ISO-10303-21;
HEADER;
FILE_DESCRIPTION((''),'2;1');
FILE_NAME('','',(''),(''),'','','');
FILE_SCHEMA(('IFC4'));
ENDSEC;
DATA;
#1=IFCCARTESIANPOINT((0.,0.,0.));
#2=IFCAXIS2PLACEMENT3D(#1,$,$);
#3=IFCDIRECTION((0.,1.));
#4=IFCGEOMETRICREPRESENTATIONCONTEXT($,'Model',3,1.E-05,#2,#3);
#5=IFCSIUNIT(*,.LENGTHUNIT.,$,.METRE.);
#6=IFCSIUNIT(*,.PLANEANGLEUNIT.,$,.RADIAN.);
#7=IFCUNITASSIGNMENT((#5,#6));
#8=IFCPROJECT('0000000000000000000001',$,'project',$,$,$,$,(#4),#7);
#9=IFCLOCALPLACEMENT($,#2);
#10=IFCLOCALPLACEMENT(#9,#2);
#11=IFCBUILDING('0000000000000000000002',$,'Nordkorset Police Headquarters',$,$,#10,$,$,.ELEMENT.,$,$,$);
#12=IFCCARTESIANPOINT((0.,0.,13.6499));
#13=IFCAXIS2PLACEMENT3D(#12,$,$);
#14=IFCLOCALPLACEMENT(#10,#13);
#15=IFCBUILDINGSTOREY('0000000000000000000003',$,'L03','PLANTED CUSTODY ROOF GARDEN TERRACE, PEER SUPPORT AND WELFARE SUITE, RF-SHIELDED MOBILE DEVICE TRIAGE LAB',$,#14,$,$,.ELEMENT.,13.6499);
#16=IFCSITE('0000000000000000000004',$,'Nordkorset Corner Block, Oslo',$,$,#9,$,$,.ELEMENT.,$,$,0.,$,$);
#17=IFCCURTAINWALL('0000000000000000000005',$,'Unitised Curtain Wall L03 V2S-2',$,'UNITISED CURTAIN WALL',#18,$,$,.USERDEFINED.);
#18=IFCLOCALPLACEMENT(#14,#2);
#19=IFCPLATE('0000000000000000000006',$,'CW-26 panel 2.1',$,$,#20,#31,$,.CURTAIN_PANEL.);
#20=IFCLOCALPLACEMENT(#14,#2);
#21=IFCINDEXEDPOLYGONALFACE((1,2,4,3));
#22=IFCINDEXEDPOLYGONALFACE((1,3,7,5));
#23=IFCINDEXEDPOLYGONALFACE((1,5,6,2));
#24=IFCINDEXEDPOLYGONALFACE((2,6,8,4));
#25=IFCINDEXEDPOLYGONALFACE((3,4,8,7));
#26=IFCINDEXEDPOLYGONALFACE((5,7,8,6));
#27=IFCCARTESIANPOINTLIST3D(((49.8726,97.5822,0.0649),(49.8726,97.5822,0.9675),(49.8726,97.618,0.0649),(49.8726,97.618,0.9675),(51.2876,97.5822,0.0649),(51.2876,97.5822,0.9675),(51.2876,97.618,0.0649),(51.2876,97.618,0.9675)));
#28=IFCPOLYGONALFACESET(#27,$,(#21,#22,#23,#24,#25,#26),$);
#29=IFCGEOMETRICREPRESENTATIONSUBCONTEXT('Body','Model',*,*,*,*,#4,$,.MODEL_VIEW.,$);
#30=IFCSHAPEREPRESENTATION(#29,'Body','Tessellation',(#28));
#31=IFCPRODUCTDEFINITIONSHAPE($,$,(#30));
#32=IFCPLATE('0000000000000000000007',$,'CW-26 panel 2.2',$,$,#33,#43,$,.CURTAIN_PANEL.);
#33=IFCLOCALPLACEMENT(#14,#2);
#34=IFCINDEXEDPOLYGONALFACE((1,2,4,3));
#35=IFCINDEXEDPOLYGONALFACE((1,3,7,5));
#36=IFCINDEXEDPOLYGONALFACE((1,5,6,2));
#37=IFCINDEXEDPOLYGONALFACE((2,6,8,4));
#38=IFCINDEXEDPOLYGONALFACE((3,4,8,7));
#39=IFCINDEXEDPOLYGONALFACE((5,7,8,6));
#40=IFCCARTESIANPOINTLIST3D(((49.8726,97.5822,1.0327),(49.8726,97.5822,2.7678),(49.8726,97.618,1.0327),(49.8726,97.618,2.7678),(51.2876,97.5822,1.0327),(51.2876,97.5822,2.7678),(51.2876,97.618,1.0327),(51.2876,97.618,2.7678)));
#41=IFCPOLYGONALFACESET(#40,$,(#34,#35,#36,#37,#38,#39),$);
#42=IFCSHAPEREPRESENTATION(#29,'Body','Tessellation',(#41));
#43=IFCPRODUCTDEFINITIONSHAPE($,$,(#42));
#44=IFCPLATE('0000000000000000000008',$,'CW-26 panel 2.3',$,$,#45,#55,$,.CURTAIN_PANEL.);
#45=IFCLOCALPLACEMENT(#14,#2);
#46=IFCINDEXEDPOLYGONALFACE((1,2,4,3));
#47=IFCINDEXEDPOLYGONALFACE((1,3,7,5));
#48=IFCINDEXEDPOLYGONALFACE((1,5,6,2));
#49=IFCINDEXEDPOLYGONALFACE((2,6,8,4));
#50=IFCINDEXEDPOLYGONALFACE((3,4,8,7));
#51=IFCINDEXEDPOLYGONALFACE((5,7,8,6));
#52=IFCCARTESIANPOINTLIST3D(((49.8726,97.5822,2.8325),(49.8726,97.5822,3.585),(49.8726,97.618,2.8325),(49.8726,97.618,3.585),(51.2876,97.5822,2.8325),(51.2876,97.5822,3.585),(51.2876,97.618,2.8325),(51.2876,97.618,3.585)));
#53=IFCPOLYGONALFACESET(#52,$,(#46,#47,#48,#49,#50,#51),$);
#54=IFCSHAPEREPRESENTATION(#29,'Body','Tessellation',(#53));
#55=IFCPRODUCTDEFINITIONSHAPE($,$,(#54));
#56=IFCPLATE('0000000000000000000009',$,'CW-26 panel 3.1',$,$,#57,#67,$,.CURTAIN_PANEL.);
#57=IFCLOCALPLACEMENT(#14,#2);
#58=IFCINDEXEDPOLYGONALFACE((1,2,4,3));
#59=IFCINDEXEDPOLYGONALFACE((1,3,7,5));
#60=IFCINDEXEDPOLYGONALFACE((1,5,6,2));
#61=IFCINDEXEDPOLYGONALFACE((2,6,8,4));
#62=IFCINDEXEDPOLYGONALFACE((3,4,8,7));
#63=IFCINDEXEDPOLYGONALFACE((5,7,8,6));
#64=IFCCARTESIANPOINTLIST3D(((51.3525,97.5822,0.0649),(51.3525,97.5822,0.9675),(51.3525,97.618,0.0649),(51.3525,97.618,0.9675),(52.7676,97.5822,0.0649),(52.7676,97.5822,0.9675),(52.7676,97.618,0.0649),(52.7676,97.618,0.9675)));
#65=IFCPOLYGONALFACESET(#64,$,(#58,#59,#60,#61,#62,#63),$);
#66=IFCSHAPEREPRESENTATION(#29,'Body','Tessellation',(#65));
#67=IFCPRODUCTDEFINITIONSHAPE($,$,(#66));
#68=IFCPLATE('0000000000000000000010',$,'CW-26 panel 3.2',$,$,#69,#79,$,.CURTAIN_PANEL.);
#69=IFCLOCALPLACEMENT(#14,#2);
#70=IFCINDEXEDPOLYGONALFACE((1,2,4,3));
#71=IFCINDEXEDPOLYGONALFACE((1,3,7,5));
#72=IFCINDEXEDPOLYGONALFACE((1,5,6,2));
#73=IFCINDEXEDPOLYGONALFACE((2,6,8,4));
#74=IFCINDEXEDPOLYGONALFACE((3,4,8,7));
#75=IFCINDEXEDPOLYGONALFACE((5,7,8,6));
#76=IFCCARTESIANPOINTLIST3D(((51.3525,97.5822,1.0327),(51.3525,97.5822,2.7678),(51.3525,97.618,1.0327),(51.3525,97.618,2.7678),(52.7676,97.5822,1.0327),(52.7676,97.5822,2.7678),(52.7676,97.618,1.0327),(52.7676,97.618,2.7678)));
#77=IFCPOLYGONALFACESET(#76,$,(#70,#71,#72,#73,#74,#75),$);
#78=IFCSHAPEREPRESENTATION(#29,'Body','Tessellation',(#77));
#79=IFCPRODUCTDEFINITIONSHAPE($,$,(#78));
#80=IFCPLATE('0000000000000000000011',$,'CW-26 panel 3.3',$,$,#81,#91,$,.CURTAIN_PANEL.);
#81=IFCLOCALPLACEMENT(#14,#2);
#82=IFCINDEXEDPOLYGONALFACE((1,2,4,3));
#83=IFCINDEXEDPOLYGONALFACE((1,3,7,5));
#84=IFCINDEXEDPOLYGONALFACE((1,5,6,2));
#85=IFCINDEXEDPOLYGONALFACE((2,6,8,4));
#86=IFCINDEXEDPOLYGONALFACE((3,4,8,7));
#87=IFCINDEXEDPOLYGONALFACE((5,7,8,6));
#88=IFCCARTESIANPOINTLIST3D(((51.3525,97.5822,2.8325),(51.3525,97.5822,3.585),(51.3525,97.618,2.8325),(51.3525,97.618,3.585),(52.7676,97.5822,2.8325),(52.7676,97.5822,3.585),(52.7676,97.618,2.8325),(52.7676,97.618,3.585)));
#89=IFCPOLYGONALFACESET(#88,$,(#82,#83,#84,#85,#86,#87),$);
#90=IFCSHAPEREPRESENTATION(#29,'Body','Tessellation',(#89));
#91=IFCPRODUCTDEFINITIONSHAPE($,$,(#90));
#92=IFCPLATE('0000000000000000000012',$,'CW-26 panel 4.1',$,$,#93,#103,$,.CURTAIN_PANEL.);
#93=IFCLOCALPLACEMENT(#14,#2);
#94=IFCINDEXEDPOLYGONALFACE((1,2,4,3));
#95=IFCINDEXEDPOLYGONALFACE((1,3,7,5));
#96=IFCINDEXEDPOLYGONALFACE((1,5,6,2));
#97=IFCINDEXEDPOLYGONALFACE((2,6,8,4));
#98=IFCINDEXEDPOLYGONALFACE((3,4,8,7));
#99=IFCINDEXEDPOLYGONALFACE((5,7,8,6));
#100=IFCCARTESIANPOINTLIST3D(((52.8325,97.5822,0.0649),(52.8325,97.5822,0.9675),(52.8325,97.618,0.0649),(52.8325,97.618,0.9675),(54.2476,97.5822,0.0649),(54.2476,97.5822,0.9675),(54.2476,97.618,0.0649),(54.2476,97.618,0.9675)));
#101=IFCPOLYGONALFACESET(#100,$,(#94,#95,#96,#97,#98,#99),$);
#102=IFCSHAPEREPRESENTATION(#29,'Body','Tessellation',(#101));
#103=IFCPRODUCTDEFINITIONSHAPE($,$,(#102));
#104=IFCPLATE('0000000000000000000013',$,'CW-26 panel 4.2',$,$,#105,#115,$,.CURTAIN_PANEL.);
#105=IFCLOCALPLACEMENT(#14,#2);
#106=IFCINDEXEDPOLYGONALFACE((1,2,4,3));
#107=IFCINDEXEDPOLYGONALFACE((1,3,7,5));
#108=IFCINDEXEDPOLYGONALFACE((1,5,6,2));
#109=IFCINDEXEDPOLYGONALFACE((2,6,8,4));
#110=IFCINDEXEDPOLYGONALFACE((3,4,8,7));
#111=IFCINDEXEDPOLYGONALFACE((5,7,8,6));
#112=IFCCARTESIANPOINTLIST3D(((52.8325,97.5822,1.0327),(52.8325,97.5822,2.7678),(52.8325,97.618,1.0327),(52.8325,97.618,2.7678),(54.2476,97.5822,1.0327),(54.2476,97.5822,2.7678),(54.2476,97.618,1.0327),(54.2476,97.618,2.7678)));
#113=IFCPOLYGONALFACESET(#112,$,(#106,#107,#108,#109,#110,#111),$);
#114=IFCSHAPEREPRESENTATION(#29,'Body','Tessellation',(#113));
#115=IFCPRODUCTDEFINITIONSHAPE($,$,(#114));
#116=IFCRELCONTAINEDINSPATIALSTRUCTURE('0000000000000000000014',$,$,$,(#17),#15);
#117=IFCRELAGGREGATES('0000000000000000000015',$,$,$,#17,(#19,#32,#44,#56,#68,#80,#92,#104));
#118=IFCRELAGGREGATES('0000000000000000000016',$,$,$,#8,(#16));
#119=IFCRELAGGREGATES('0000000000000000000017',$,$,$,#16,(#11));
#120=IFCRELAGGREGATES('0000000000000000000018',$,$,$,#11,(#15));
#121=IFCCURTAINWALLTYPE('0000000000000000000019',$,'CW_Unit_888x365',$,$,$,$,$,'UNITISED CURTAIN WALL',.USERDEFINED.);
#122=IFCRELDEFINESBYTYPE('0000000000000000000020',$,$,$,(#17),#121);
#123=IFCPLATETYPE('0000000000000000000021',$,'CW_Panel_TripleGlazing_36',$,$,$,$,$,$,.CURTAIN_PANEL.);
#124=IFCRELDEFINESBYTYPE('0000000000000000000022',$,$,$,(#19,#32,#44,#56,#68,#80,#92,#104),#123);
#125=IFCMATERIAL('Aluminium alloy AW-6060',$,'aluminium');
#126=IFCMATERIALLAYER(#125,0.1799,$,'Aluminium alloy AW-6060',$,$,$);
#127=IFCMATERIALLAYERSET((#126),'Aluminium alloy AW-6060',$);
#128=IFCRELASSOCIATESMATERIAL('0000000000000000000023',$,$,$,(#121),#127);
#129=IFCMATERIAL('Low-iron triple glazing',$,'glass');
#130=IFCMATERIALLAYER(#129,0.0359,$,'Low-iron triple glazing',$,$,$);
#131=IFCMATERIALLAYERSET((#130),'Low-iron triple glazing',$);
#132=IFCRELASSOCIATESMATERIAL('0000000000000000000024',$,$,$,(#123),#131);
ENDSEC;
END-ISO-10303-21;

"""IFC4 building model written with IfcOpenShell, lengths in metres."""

from ifc_helpers import new_model, si_unit, direction, frame, origin, origin_2d, place, context, subcontext, project, spatial, rectangle, extrude, material, layer, layer_set, type_object, element, aggregate, save


model = new_model("IFC4")

# Units and contexts
model_context = context("Model", 3, precision=1e-05, world=origin(), true_north=direction((0.0, 1.0)))
body_context = subcontext(model_context, "Body", "Model", "MODEL_VIEW")
ifc_project = project(units=[si_unit("LENGTHUNIT", "METRE"), si_unit("PLANEANGLEUNIT", "RADIAN")], contexts=[model_context])

# Site, building, storey
site_placement = place(None, origin())
site = spatial("IfcSite", under=ifc_project, at=site_placement, Name="Nordkorset Corner Block, Oslo", CompositionType="ELEMENT", RefElevation=0.0)
building_placement = place(site_placement, origin())
building = spatial("IfcBuilding", under=site, at=building_placement, Name="Nordkorset Police Headquarters", CompositionType="ELEMENT")
storey_placement = place(building_placement, frame((0.0, 0.0, 13.6499)))
storey = spatial("IfcBuildingStorey", under=building, at=storey_placement, Name="L03", Description="PLANTED CUSTODY ROOF GARDEN TERRACE, PEER SUPPORT AND WELFARE SUITE, RF-SHIELDED MOBILE DEVICE TRIAGE LAB", CompositionType="ELEMENT", Elevation=13.6499)

# Curtain wall, plates
ifc_material_1 = material(Name="Aluminium alloy AW-6060", Category="aluminium")
ifc_layer_1 = layer(ifc_material_1, 0.1799, Name="Aluminium alloy AW-6060")
ifc_layer_set_1 = layer_set([ifc_layer_1], Name="Aluminium alloy AW-6060")
curtain_wall_type = type_object("IfcCurtainWallType", Name="CW_Unit_888x365", ElementType="UNITISED CURTAIN WALL", PredefinedType="USERDEFINED", material=ifc_layer_set_1)
curtain_wall_placement = place(storey_placement, origin())
curtain_wall = element("IfcCurtainWall", 1, at=curtain_wall_placement, inside=storey, type_object=curtain_wall_type, Name="Unitised Curtain Wall L03 V2S-2", ObjectType="UNITISED CURTAIN WALL", PredefinedType="USERDEFINED")
ifc_material_2 = material(Name="Low-iron triple glazing", Category="glass")
ifc_layer_2 = layer(ifc_material_2, 0.0359, Name="Low-iron triple glazing")
ifc_layer_set_2 = layer_set([ifc_layer_2], Name="Low-iron triple glazing")
plate_type = type_object("IfcPlateType", Name="CW_Panel_TripleGlazing_36", PredefinedType="CURTAIN_PANEL", material=ifc_layer_set_2)
plate_1_placement = place(storey_placement, frame((50.5801, 97.6001, 0.0649), z_axis=(0.0, 0.0, 1.0), x_axis=(1.0, 0.0, 0.0)))
plate_1 = element("IfcPlate", 2, at=plate_1_placement, type_object=plate_type, Name="CW-26 panel 2.1", PredefinedType="CURTAIN_PANEL", context=body_context, shape_type="SweptSolid", body=[
    extrude(rectangle(XDim=1.415, YDim=0.0359, at=origin_2d()), origin(), (0.0, 0.0, 1.0), 0.9026),
])
plate_2_placement = place(storey_placement, frame((50.5801, 97.6001, 1.0327), z_axis=(0.0, 0.0, 1.0), x_axis=(1.0, 0.0, 0.0)))
plate_2 = element("IfcPlate", 3, at=plate_2_placement, type_object=plate_type, Name="CW-26 panel 2.2", PredefinedType="CURTAIN_PANEL", context=body_context, shape_type="SweptSolid", body=[
    extrude(rectangle(XDim=1.415, YDim=0.0359, at=origin_2d()), origin(), (0.0, 0.0, 1.0), 1.7351),
])
plate_3_placement = place(storey_placement, frame((50.5801, 97.6001, 2.8325), z_axis=(0.0, 0.0, 1.0), x_axis=(1.0, 0.0, 0.0)))
plate_3 = element("IfcPlate", 4, at=plate_3_placement, type_object=plate_type, Name="CW-26 panel 2.3", PredefinedType="CURTAIN_PANEL", context=body_context, shape_type="SweptSolid", body=[
    extrude(rectangle(XDim=1.415, YDim=0.0359, at=origin_2d()), origin(), (0.0, 0.0, 1.0), 0.7524),
])
plate_4_placement = place(storey_placement, frame((52.0601, 97.6001, 0.0649), z_axis=(0.0, 0.0, 1.0), x_axis=(1.0, 0.0, 0.0)))
plate_4 = element("IfcPlate", 5, at=plate_4_placement, type_object=plate_type, Name="CW-26 panel 3.1", PredefinedType="CURTAIN_PANEL", context=body_context, shape_type="SweptSolid", body=[
    extrude(rectangle(XDim=1.415, YDim=0.0359, at=origin_2d()), origin(), (0.0, 0.0, 1.0), 0.9026),
])
plate_5_placement = place(storey_placement, frame((52.0601, 97.6001, 1.0327), z_axis=(0.0, 0.0, 1.0), x_axis=(1.0, 0.0, 0.0)))
plate_5 = element("IfcPlate", 6, at=plate_5_placement, type_object=plate_type, Name="CW-26 panel 3.2", PredefinedType="CURTAIN_PANEL", context=body_context, shape_type="SweptSolid", body=[
    extrude(rectangle(XDim=1.415, YDim=0.0359, at=origin_2d()), origin(), (0.0, 0.0, 1.0), 1.7351),
])
plate_6_placement = place(storey_placement, frame((52.0601, 97.6001, 2.8325), z_axis=(0.0, 0.0, 1.0), x_axis=(1.0, 0.0, 0.0)))
plate_6 = element("IfcPlate", 7, at=plate_6_placement, type_object=plate_type, Name="CW-26 panel 3.3", PredefinedType="CURTAIN_PANEL", context=body_context, shape_type="SweptSolid", body=[
    extrude(rectangle(XDim=1.415, YDim=0.0359, at=origin_2d()), origin(), (0.0, 0.0, 1.0), 0.7524),
])
plate_7_placement = place(storey_placement, frame((53.54, 97.6001, 0.0649), z_axis=(0.0, 0.0, 1.0), x_axis=(1.0, 0.0, 0.0)))
plate_7 = element("IfcPlate", 8, at=plate_7_placement, type_object=plate_type, Name="CW-26 panel 4.1", PredefinedType="CURTAIN_PANEL", context=body_context, shape_type="SweptSolid", body=[
    extrude(rectangle(XDim=1.415, YDim=0.0359, at=origin_2d()), origin(), (0.0, 0.0, 1.0), 0.9026),
])
plate_8_placement = place(storey_placement, frame((53.54, 97.6001, 1.0327), z_axis=(0.0, 0.0, 1.0), x_axis=(1.0, 0.0, 0.0)))
plate_8 = element("IfcPlate", 9, at=plate_8_placement, type_object=plate_type, Name="CW-26 panel 4.2", PredefinedType="CURTAIN_PANEL", context=body_context, shape_type="SweptSolid", body=[
    extrude(rectangle(XDim=1.415, YDim=0.0359, at=origin_2d()), origin(), (0.0, 0.0, 1.0), 1.7351),
])
aggregate(curtain_wall, [plate_1, plate_2, plate_3, plate_4, plate_5, plate_6, plate_7, plate_8])

save(model, "model.ifc")
